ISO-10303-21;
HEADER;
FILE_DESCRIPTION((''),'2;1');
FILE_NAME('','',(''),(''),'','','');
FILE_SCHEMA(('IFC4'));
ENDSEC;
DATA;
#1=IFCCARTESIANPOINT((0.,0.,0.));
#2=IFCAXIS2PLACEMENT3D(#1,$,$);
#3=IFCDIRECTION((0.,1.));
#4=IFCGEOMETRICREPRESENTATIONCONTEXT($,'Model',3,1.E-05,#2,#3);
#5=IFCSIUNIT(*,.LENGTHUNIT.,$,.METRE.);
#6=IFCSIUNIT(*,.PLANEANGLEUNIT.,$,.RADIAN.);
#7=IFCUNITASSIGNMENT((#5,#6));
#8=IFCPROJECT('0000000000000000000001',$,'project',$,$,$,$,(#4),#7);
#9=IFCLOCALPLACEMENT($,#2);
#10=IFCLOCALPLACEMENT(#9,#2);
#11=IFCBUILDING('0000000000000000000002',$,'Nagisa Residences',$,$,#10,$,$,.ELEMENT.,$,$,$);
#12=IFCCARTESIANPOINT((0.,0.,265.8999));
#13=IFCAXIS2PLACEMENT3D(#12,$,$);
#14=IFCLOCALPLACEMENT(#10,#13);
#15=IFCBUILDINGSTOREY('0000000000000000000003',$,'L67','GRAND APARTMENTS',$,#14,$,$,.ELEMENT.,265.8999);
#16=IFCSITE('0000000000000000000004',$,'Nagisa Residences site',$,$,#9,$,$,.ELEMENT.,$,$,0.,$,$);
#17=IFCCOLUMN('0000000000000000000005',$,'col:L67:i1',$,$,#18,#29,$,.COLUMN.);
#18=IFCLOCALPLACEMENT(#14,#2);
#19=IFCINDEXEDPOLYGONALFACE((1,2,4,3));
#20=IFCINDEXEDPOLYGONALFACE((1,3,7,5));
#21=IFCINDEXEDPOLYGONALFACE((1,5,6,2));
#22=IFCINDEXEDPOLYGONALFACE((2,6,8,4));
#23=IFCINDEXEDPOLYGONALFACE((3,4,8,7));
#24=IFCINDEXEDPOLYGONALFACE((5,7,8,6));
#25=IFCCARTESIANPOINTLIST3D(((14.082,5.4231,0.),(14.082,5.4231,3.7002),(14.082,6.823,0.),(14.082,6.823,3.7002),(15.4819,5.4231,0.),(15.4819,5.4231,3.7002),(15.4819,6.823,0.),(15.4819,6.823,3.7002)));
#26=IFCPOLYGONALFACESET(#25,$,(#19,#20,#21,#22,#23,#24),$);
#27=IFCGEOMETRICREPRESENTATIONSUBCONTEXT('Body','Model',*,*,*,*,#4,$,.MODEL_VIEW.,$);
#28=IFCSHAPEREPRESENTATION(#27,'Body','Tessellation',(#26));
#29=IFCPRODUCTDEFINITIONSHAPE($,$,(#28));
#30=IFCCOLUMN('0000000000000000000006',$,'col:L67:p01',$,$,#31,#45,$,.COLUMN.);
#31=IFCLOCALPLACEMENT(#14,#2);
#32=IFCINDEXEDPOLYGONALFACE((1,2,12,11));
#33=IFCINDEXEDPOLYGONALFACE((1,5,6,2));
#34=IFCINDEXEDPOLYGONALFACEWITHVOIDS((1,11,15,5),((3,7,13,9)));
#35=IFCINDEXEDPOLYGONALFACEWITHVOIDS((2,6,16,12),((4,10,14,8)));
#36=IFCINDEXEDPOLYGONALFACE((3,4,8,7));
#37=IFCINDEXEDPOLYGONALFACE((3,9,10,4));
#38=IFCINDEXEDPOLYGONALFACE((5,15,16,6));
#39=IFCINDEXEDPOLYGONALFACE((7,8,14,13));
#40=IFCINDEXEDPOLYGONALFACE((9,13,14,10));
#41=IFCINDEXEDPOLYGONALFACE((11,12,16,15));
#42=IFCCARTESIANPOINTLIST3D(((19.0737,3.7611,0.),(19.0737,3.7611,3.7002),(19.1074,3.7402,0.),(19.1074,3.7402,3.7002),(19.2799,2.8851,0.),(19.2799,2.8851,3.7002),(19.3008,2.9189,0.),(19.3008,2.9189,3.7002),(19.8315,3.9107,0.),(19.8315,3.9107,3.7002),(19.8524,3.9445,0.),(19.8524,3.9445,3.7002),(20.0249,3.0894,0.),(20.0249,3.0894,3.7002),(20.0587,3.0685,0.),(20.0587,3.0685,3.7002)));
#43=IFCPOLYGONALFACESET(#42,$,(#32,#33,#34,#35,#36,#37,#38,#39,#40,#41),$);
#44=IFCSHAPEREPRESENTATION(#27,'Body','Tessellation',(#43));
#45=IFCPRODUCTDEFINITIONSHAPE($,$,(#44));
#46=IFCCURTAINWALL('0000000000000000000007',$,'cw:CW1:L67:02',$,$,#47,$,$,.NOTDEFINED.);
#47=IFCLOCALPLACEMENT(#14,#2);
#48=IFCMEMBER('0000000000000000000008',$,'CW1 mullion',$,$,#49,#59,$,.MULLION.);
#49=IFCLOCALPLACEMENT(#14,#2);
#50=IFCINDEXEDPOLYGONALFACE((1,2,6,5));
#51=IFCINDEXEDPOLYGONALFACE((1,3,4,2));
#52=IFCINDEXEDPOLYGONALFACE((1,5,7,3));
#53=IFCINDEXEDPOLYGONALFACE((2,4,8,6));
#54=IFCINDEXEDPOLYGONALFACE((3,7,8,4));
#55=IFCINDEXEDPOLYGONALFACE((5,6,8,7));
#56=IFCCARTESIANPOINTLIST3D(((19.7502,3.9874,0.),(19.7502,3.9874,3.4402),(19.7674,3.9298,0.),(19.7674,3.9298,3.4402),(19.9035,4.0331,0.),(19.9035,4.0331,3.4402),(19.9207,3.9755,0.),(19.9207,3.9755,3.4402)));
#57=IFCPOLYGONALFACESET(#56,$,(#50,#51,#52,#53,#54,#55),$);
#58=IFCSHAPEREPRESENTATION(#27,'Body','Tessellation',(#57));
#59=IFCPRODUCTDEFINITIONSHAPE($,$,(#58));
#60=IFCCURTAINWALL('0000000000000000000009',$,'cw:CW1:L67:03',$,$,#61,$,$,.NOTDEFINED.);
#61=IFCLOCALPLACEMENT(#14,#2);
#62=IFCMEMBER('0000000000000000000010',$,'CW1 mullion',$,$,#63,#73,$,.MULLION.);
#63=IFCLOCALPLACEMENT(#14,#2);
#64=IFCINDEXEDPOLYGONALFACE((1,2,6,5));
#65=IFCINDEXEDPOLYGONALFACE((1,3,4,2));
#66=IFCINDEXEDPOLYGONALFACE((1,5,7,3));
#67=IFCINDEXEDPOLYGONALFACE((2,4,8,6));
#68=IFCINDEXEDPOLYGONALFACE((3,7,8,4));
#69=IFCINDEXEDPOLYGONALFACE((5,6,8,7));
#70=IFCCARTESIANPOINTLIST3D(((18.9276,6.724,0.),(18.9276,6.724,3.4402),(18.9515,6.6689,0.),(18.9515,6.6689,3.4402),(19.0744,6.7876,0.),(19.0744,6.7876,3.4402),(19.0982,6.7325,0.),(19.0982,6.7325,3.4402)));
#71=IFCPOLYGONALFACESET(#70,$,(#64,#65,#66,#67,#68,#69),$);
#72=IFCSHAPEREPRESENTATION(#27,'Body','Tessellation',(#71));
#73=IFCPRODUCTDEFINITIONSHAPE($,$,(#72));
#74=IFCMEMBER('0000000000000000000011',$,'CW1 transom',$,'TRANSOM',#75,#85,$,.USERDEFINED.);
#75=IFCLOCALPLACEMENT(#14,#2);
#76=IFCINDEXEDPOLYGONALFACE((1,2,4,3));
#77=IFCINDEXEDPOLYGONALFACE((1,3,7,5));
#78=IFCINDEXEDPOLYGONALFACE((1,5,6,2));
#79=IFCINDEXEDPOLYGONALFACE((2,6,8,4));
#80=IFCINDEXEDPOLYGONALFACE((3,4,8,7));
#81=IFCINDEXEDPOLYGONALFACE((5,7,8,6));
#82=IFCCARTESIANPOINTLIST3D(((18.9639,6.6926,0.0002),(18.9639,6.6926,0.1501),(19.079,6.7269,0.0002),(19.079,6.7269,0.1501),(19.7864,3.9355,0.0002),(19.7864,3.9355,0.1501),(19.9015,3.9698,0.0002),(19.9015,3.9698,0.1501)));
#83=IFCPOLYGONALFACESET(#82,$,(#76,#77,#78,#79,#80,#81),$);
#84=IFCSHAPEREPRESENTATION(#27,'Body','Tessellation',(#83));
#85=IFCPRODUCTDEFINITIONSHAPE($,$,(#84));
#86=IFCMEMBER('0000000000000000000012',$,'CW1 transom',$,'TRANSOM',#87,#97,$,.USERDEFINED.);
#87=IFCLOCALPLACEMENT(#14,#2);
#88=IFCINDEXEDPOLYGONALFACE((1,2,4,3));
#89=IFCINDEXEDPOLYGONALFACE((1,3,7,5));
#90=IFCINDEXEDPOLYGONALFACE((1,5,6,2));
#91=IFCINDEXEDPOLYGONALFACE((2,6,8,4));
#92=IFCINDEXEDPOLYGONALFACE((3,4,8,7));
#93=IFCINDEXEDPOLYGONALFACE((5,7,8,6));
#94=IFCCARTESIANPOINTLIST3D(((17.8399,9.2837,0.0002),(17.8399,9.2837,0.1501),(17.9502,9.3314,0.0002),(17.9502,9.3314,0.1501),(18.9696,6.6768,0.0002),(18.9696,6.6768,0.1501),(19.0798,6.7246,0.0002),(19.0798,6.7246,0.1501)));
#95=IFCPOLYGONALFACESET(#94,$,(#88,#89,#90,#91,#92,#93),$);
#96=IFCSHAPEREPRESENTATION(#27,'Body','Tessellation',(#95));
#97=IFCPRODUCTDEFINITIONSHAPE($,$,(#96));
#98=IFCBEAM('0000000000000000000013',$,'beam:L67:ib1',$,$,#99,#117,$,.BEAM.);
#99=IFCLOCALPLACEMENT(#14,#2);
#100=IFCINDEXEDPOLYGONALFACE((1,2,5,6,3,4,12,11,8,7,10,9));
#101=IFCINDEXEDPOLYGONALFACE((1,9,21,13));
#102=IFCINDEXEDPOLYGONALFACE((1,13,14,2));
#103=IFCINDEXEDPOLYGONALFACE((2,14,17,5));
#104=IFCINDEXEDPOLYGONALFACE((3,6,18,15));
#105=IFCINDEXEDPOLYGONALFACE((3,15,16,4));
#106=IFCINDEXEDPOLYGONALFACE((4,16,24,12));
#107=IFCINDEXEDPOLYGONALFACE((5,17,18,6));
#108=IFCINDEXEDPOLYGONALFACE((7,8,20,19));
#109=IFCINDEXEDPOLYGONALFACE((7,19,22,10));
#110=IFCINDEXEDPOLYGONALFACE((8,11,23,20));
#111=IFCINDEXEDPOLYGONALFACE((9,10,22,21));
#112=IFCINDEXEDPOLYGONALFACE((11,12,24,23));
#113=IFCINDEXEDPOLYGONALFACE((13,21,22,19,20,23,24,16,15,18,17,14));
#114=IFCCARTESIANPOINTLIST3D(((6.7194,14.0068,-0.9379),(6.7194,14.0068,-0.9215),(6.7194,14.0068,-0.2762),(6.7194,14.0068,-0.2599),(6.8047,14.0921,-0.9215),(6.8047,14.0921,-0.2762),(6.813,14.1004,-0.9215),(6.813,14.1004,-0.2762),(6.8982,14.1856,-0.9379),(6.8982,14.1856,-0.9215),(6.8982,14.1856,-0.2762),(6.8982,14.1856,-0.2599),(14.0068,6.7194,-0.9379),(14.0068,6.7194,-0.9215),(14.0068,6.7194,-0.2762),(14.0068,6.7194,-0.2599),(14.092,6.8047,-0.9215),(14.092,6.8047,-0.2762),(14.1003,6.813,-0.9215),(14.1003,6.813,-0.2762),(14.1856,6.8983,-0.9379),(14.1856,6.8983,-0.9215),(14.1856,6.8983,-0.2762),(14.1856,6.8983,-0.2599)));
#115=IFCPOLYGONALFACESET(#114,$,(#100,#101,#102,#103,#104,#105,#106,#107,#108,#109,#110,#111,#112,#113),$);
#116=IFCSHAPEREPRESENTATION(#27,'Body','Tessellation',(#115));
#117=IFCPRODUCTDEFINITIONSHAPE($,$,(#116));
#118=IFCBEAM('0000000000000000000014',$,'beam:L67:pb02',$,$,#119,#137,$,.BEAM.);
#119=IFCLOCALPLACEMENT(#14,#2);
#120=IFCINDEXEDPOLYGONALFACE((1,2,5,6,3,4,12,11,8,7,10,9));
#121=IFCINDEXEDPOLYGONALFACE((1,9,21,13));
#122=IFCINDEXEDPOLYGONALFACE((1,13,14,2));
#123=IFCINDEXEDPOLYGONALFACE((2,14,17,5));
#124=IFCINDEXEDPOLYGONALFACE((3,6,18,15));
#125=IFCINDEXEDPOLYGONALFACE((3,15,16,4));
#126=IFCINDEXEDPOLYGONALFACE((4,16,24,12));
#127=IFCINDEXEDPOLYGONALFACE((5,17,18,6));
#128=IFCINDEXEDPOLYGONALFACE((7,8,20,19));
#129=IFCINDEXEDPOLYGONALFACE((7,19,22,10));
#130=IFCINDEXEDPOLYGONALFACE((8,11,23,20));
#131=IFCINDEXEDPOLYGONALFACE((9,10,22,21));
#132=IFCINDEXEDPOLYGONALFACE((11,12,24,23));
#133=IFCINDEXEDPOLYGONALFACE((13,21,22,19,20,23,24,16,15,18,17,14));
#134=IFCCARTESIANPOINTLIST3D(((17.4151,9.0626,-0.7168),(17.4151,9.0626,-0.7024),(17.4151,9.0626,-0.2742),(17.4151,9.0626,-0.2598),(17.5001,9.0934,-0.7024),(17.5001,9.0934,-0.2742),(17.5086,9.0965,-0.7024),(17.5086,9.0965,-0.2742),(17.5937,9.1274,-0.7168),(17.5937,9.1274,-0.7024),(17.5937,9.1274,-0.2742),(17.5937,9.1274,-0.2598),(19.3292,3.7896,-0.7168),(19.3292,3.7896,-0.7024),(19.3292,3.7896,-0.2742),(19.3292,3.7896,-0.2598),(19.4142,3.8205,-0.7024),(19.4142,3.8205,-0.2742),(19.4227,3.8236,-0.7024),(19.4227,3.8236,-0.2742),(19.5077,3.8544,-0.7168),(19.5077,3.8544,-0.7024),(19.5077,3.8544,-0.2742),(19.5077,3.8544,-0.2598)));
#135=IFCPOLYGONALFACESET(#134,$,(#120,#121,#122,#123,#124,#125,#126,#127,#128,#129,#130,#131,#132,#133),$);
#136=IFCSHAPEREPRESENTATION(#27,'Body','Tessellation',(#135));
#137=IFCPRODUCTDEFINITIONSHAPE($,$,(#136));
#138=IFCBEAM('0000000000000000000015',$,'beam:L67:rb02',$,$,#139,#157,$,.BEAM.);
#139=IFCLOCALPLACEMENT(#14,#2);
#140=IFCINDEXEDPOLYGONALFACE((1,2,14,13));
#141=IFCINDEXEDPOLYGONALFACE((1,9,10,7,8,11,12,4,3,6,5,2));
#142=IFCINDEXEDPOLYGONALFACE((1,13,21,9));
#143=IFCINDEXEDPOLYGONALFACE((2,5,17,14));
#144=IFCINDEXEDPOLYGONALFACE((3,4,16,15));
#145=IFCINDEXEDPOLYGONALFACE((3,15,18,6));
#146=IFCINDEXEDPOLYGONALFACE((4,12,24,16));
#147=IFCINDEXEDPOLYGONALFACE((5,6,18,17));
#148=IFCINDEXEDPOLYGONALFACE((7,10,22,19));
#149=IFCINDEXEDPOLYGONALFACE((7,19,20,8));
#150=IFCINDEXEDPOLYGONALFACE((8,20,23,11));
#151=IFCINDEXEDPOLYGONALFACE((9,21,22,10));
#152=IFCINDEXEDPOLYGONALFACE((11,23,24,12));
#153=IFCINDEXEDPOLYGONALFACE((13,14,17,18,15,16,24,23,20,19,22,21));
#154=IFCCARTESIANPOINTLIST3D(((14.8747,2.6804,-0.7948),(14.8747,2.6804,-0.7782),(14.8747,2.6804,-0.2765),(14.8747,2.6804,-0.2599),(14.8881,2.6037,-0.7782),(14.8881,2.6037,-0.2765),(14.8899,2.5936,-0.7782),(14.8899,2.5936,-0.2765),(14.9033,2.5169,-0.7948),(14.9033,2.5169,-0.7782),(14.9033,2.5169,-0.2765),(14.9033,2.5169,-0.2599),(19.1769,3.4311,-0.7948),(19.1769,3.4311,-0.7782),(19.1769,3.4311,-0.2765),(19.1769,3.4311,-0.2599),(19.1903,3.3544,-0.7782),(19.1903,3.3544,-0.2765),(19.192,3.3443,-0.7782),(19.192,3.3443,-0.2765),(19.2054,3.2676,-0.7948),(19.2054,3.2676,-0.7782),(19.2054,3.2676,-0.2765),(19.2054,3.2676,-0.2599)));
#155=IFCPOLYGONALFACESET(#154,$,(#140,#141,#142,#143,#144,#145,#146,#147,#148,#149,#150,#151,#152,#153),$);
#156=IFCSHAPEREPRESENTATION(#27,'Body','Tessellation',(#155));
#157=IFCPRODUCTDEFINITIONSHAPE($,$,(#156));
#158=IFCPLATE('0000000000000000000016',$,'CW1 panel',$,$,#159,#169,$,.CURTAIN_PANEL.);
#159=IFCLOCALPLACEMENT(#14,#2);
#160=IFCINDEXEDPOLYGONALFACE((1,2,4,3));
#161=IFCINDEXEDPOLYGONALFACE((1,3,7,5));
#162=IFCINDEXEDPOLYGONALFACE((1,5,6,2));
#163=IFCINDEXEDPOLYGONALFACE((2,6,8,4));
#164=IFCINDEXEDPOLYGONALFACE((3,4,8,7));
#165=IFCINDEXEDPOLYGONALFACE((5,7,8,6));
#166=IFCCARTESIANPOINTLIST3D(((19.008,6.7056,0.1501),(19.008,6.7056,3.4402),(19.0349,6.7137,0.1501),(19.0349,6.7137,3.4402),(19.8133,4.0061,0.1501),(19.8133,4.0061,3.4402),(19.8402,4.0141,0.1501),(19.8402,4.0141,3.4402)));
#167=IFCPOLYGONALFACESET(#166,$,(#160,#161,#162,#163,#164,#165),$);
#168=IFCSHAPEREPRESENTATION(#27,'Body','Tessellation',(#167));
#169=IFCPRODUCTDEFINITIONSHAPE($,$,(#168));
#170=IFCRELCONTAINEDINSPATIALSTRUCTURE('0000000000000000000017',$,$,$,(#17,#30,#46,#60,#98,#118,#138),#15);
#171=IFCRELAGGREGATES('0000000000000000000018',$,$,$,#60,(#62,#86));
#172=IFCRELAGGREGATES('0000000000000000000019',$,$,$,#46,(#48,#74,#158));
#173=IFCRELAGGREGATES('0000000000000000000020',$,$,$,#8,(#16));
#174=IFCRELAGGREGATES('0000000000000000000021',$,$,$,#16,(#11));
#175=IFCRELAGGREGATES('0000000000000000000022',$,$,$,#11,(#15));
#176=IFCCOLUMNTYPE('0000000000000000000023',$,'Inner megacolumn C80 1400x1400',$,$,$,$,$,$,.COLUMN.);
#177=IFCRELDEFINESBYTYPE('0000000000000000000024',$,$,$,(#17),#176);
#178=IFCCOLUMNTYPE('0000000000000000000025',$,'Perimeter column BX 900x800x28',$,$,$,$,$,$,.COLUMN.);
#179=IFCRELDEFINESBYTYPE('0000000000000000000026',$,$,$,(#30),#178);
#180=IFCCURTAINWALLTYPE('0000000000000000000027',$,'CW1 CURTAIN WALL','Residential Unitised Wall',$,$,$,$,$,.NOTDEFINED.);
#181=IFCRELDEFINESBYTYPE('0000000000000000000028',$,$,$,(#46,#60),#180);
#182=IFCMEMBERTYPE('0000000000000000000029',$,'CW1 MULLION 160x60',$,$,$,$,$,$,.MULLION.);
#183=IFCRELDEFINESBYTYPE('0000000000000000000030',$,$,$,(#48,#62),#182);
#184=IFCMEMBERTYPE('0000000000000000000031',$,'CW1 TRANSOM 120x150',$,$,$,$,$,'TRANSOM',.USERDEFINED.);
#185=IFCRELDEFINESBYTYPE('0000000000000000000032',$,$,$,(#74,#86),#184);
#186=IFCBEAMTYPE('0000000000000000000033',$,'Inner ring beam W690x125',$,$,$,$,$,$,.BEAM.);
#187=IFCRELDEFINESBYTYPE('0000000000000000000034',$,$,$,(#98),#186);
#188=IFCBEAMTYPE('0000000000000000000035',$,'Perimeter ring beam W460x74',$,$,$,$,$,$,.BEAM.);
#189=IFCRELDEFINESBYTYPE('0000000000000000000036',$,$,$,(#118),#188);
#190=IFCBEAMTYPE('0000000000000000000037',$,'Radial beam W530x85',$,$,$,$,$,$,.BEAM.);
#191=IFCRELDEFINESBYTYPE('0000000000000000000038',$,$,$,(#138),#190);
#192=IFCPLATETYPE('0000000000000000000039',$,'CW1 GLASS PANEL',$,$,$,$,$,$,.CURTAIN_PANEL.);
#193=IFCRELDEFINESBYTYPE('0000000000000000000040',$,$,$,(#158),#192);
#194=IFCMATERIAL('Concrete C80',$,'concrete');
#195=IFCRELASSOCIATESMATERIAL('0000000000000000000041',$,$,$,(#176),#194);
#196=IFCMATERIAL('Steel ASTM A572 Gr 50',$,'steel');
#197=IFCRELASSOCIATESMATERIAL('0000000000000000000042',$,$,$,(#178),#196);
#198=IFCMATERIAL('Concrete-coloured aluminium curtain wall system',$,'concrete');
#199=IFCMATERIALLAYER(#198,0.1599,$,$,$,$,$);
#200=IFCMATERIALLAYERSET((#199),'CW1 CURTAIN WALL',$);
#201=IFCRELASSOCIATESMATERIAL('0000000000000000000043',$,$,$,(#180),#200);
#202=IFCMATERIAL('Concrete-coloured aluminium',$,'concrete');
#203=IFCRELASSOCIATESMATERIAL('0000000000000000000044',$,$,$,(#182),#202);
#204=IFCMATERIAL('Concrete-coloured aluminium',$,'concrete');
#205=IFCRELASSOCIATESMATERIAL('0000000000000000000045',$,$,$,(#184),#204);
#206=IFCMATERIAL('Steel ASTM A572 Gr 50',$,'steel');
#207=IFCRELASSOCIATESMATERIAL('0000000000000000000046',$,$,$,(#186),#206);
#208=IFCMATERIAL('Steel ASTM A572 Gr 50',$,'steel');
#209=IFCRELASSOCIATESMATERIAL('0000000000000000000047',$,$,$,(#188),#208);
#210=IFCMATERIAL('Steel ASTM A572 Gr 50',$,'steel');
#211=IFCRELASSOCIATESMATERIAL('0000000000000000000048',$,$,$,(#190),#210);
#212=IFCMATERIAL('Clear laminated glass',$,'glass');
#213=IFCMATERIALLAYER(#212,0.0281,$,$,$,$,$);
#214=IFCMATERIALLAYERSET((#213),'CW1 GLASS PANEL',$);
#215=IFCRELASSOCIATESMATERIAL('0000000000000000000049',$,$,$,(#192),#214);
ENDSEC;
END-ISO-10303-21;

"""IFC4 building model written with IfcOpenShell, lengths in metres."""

from ifc_helpers import new_model, si_unit, direction, frame, origin, origin_2d, place, context, subcontext, project, spatial, rectangle, hollow_rectangle, i_section, extrude, material, layer, layer_set, material_profile, profile_set, type_object, element, aggregate, save


model = new_model("IFC4")

# Units and contexts
model_context = context("Model", 3, precision=1e-05, world=origin(), true_north=direction((0.0, 1.0)))
body_context = subcontext(model_context, "Body", "Model", "MODEL_VIEW")
ifc_project = project(units=[si_unit("LENGTHUNIT", "METRE"), si_unit("PLANEANGLEUNIT", "RADIAN")], contexts=[model_context])

# Site, building, storey
site_placement = place(None, origin())
site = spatial("IfcSite", under=ifc_project, at=site_placement, Name="Nagisa Residences site", CompositionType="ELEMENT", RefElevation=0.0)
building_placement = place(site_placement, origin())
building = spatial("IfcBuilding", under=site, at=building_placement, Name="Nagisa Residences", CompositionType="ELEMENT")
storey_placement = place(building_placement, frame((0.0, 0.0, 265.8999)))
storey = spatial("IfcBuildingStorey", under=building, at=storey_placement, Name="L67", Description="GRAND APARTMENTS", CompositionType="ELEMENT", Elevation=265.8999)

# Columns
ifc_material_1 = material(Name="Concrete C80", Category="concrete")
ifc_material_profile_1 = material_profile(ifc_material_1, rectangle(XDim=1.3999, YDim=1.3999, at=origin_2d()), Name="C80 1400x1400")
ifc_profile_set_1 = profile_set([ifc_material_profile_1], Name="Concrete C80")
column_type_1 = type_object("IfcColumnType", Name="Inner megacolumn C80 1400x1400", PredefinedType="COLUMN", material=ifc_profile_set_1)
column_1_placement = place(storey_placement, frame((14.782, 6.123, 0.0), z_axis=(0.0, 0.0, 1.0), x_axis=(1.0, 0.0, 0.0)))
element("IfcColumn", 1, at=column_1_placement, inside=storey, type_object=column_type_1, Name="col:L67:i1", PredefinedType="COLUMN", context=body_context, shape_type="SweptSolid", body=[
    extrude(rectangle(XDim=1.3999, YDim=1.3999, at=origin_2d()), origin(), (0.0, 0.0, 1.0), 3.7002),
])
ifc_material_2 = material(Name="Steel ASTM A572 Gr 50", Category="steel")
ifc_material_profile_2 = material_profile(ifc_material_2, hollow_rectangle(XDim=0.8999, YDim=0.8, WallThickness=0.0281, at=origin_2d()), Name="BX 900x800x28")
ifc_profile_set_2 = profile_set([ifc_material_profile_2], Name="Steel ASTM A572 Gr 50")
column_type_2 = type_object("IfcColumnType", Name="Perimeter column BX 900x800x28", PredefinedType="COLUMN", material=ifc_profile_set_2)
column_2_placement = place(storey_placement, frame((19.5662, 3.4148, 0.0), z_axis=(0.0, 0.0, 1.0), x_axis=(-0.229202, 0.973379, 0.0)))
element("IfcColumn", 2, at=column_2_placement, inside=storey, type_object=column_type_2, Name="col:L67:p01", PredefinedType="COLUMN", context=body_context, shape_type="SweptSolid", body=[
    extrude(hollow_rectangle(XDim=0.8999, YDim=0.8, WallThickness=0.0281, at=origin_2d()), origin(), (0.0, 0.0, 1.0), 3.7002),
])

# Curtain walls, members
ifc_material_3 = material(Name="Concrete-coloured aluminium curtain wall system", Category="concrete")
ifc_layer_1 = layer(ifc_material_3, 0.1599)
ifc_layer_set_1 = layer_set([ifc_layer_1], Name="CW1 CURTAIN WALL")
curtain_wall_type = type_object("IfcCurtainWallType", Name="CW1 CURTAIN WALL", Description="Residential Unitised Wall", PredefinedType="NOTDEFINED", material=ifc_layer_set_1)
curtain_wall_1_placement = place(storey_placement, origin())
curtain_wall_1 = element("IfcCurtainWall", 3, at=curtain_wall_1_placement, inside=storey, type_object=curtain_wall_type, Name="cw:CW1:L67:02", PredefinedType="NOTDEFINED")
ifc_material_4 = material(Name="Concrete-coloured aluminium", Category="concrete")
ifc_material_profile_3 = material_profile(ifc_material_4, rectangle(XDim=0.1599, YDim=0.0601, at=origin_2d()), Name="CW1 MULLION 160x60")
ifc_profile_set_3 = profile_set([ifc_material_profile_3], Name="Concrete-coloured aluminium")
member_type_1 = type_object("IfcMemberType", Name="CW1 MULLION 160x60", PredefinedType="MULLION", material=ifc_profile_set_3)
member_1_placement = place(storey_placement, frame((19.8354, 3.9814, 0.0), z_axis=(0.0, 0.0, 1.0), x_axis=(-0.958271, -0.28586, 0.0)))
member_1 = element("IfcMember", 4, at=member_1_placement, type_object=member_type_1, Name="CW1 mullion", PredefinedType="MULLION", context=body_context, shape_type="SweptSolid", body=[
    extrude(rectangle(XDim=0.1599, YDim=0.0601, at=origin_2d()), origin(), (0.0, 0.0, 1.0), 3.4402),
])
curtain_wall_2_placement = place(storey_placement, origin())
curtain_wall_2 = element("IfcCurtainWall", 5, at=curtain_wall_2_placement, inside=storey, type_object=curtain_wall_type, Name="cw:CW1:L67:03", PredefinedType="NOTDEFINED")
member_2_placement = place(storey_placement, frame((19.0129, 6.7283, 0.0), z_axis=(0.0, 0.0, 1.0), x_axis=(-0.917543, -0.397636, 0.0)))
member_2 = element("IfcMember", 6, at=member_2_placement, type_object=member_type_1, Name="CW1 mullion", PredefinedType="MULLION", context=body_context, shape_type="SweptSolid", body=[
    extrude(rectangle(XDim=0.1599, YDim=0.0601, at=origin_2d()), origin(), (0.0, 0.0, 1.0), 3.4402),
])

# Members
ifc_material_5 = material(Name="Concrete-coloured aluminium", Category="concrete")
ifc_material_profile_4 = material_profile(ifc_material_5, rectangle(XDim=0.1201, YDim=0.1499, at=origin_2d()), Name="CW1 TRANSOM 120x150")
ifc_profile_set_4 = profile_set([ifc_material_profile_4], Name="Concrete-coloured aluminium")
member_type_2 = type_object("IfcMemberType", Name="CW1 TRANSOM 120x150", ElementType="TRANSOM", PredefinedType="USERDEFINED", material=ifc_profile_set_4)
member_3_placement = place(storey_placement, frame((19.844, 3.9526, 0.0752), z_axis=(-0.285876, 0.958267, 0.0), x_axis=(-0.958267, -0.285876, 0.0)))
member_3 = element("IfcMember", 7, at=member_3_placement, type_object=member_type_2, Name="CW1 transom", ObjectType="TRANSOM", PredefinedType="USERDEFINED", context=body_context, shape_type="SweptSolid", body=[
    extrude(rectangle(XDim=0.1201, YDim=0.1499, at=origin_2d()), origin(), (0.0, 0.0, 1.0), 2.8772),
])
member_4_placement = place(storey_placement, frame((19.0247, 6.7007, 0.0752), z_axis=(-0.397598, 0.91756, 0.0), x_axis=(-0.91756, -0.397598, 0.0)))
member_4 = element("IfcMember", 8, at=member_4_placement, type_object=member_type_2, Name="CW1 transom", ObjectType="TRANSOM", PredefinedType="USERDEFINED", context=body_context, shape_type="SweptSolid", body=[
    extrude(rectangle(XDim=0.1201, YDim=0.1499, at=origin_2d()), origin(), (0.0, 0.0, 1.0), 2.8411),
])
aggregate(curtain_wall_2, [member_2, member_4])

# Beams
ifc_material_6 = material(Name="Steel ASTM A572 Gr 50", Category="steel")
ifc_material_profile_5 = material_profile(ifc_material_6, i_section(OverallWidth=0.2529, OverallDepth=0.678, WebThickness=0.0117, FlangeThickness=0.0164, at=origin_2d()), Name="W690x125")
ifc_profile_set_5 = profile_set([ifc_material_profile_5], Name="Steel ASTM A572 Gr 50")
beam_type_1 = type_object("IfcBeamType", Name="Inner ring beam W690x125", PredefinedType="BEAM", material=ifc_profile_set_5)
beam_1_placement = place(storey_placement, frame((14.0962, 6.8088, -0.5989), z_axis=(-0.707107, 0.707107, 0.0), x_axis=(-0.707107, -0.707107, 0.0)))
element("IfcBeam", 9, at=beam_1_placement, inside=storey, type_object=beam_type_1, Name="beam:L67:ib1", PredefinedType="BEAM", context=body_context, shape_type="SweptSolid", body=[
    extrude(i_section(OverallWidth=0.2529, OverallDepth=0.678, WebThickness=0.0117, FlangeThickness=0.0164, at=origin_2d()), origin(), (0.0, 0.0, 1.0), 10.3059),
])
ifc_material_7 = material(Name="Steel ASTM A572 Gr 50", Category="steel")
ifc_material_profile_6 = material_profile(ifc_material_7, i_section(OverallWidth=0.1899, OverallDepth=0.457, WebThickness=0.009, FlangeThickness=0.0144, at=origin_2d()), Name="W460x74")
ifc_profile_set_6 = profile_set([ifc_material_profile_6], Name="Steel ASTM A572 Gr 50")
beam_type_2 = type_object("IfcBeamType", Name="Perimeter ring beam W460x74", PredefinedType="BEAM", material=ifc_profile_set_6)
beam_2_placement = place(storey_placement, frame((19.4185, 3.822, -0.4883), z_axis=(-0.341212, 0.939986, 0.0), x_axis=(-0.939986, -0.341212, 0.0)))
element("IfcBeam", 10, at=beam_2_placement, inside=storey, type_object=beam_type_2, Name="beam:L67:pb02", PredefinedType="BEAM", context=body_context, shape_type="SweptSolid", body=[
    extrude(i_section(OverallWidth=0.1899, OverallDepth=0.457, WebThickness=0.009, FlangeThickness=0.0144, at=origin_2d()), origin(), (0.0, 0.0, 1.0), 5.6096),
])
ifc_material_8 = material(Name="Steel ASTM A572 Gr 50", Category="steel")
ifc_material_profile_7 = material_profile(ifc_material_8, i_section(OverallWidth=0.166, OverallDepth=0.5349, WebThickness=0.0103, FlangeThickness=0.0166, at=origin_2d()), Name="W530x85")
ifc_profile_set_7 = profile_set([ifc_material_profile_7], Name="Steel ASTM A572 Gr 50")
beam_type_3 = type_object("IfcBeamType", Name="Radial beam W530x85", PredefinedType="BEAM", material=ifc_profile_set_7)
beam_3_placement = place(storey_placement, frame((19.1912, 3.3494, -0.5273), z_axis=(-0.985114, -0.1719, 0.0), x_axis=(0.1719, -0.985114, 0.0)))
element("IfcBeam", 11, at=beam_3_placement, inside=storey, type_object=beam_type_3, Name="beam:L67:rb02", PredefinedType="BEAM", context=body_context, shape_type="SweptSolid", body=[
    extrude(i_section(OverallWidth=0.166, OverallDepth=0.5349, WebThickness=0.0103, FlangeThickness=0.0166, at=origin_2d()), origin(), (0.0, 0.0, 1.0), 4.3672),
])

# Plate
ifc_material_9 = material(Name="Clear laminated glass", Category="glass")
ifc_layer_2 = layer(ifc_material_9, 0.0281)
ifc_layer_set_2 = layer_set([ifc_layer_2], Name="CW1 GLASS PANEL")
plate_type = type_object("IfcPlateType", Name="CW1 GLASS PANEL", PredefinedType="CURTAIN_PANEL", material=ifc_layer_set_2)
plate_placement = place(storey_placement, frame((19.4241, 5.3599, 0.1501), z_axis=(0.0, 0.0, 1.0), x_axis=(-0.28586, 0.958271, 0.0)))
plate = element("IfcPlate", 12, at=plate_placement, type_object=plate_type, Name="CW1 panel", PredefinedType="CURTAIN_PANEL", context=body_context, shape_type="SweptSolid", body=[
    extrude(rectangle(XDim=2.8171, YDim=0.0281, at=origin_2d()), origin(), (0.0, 0.0, 1.0), 3.29),
])
aggregate(curtain_wall_1, [member_1, member_3, plate])

save(model, "model.ifc")
